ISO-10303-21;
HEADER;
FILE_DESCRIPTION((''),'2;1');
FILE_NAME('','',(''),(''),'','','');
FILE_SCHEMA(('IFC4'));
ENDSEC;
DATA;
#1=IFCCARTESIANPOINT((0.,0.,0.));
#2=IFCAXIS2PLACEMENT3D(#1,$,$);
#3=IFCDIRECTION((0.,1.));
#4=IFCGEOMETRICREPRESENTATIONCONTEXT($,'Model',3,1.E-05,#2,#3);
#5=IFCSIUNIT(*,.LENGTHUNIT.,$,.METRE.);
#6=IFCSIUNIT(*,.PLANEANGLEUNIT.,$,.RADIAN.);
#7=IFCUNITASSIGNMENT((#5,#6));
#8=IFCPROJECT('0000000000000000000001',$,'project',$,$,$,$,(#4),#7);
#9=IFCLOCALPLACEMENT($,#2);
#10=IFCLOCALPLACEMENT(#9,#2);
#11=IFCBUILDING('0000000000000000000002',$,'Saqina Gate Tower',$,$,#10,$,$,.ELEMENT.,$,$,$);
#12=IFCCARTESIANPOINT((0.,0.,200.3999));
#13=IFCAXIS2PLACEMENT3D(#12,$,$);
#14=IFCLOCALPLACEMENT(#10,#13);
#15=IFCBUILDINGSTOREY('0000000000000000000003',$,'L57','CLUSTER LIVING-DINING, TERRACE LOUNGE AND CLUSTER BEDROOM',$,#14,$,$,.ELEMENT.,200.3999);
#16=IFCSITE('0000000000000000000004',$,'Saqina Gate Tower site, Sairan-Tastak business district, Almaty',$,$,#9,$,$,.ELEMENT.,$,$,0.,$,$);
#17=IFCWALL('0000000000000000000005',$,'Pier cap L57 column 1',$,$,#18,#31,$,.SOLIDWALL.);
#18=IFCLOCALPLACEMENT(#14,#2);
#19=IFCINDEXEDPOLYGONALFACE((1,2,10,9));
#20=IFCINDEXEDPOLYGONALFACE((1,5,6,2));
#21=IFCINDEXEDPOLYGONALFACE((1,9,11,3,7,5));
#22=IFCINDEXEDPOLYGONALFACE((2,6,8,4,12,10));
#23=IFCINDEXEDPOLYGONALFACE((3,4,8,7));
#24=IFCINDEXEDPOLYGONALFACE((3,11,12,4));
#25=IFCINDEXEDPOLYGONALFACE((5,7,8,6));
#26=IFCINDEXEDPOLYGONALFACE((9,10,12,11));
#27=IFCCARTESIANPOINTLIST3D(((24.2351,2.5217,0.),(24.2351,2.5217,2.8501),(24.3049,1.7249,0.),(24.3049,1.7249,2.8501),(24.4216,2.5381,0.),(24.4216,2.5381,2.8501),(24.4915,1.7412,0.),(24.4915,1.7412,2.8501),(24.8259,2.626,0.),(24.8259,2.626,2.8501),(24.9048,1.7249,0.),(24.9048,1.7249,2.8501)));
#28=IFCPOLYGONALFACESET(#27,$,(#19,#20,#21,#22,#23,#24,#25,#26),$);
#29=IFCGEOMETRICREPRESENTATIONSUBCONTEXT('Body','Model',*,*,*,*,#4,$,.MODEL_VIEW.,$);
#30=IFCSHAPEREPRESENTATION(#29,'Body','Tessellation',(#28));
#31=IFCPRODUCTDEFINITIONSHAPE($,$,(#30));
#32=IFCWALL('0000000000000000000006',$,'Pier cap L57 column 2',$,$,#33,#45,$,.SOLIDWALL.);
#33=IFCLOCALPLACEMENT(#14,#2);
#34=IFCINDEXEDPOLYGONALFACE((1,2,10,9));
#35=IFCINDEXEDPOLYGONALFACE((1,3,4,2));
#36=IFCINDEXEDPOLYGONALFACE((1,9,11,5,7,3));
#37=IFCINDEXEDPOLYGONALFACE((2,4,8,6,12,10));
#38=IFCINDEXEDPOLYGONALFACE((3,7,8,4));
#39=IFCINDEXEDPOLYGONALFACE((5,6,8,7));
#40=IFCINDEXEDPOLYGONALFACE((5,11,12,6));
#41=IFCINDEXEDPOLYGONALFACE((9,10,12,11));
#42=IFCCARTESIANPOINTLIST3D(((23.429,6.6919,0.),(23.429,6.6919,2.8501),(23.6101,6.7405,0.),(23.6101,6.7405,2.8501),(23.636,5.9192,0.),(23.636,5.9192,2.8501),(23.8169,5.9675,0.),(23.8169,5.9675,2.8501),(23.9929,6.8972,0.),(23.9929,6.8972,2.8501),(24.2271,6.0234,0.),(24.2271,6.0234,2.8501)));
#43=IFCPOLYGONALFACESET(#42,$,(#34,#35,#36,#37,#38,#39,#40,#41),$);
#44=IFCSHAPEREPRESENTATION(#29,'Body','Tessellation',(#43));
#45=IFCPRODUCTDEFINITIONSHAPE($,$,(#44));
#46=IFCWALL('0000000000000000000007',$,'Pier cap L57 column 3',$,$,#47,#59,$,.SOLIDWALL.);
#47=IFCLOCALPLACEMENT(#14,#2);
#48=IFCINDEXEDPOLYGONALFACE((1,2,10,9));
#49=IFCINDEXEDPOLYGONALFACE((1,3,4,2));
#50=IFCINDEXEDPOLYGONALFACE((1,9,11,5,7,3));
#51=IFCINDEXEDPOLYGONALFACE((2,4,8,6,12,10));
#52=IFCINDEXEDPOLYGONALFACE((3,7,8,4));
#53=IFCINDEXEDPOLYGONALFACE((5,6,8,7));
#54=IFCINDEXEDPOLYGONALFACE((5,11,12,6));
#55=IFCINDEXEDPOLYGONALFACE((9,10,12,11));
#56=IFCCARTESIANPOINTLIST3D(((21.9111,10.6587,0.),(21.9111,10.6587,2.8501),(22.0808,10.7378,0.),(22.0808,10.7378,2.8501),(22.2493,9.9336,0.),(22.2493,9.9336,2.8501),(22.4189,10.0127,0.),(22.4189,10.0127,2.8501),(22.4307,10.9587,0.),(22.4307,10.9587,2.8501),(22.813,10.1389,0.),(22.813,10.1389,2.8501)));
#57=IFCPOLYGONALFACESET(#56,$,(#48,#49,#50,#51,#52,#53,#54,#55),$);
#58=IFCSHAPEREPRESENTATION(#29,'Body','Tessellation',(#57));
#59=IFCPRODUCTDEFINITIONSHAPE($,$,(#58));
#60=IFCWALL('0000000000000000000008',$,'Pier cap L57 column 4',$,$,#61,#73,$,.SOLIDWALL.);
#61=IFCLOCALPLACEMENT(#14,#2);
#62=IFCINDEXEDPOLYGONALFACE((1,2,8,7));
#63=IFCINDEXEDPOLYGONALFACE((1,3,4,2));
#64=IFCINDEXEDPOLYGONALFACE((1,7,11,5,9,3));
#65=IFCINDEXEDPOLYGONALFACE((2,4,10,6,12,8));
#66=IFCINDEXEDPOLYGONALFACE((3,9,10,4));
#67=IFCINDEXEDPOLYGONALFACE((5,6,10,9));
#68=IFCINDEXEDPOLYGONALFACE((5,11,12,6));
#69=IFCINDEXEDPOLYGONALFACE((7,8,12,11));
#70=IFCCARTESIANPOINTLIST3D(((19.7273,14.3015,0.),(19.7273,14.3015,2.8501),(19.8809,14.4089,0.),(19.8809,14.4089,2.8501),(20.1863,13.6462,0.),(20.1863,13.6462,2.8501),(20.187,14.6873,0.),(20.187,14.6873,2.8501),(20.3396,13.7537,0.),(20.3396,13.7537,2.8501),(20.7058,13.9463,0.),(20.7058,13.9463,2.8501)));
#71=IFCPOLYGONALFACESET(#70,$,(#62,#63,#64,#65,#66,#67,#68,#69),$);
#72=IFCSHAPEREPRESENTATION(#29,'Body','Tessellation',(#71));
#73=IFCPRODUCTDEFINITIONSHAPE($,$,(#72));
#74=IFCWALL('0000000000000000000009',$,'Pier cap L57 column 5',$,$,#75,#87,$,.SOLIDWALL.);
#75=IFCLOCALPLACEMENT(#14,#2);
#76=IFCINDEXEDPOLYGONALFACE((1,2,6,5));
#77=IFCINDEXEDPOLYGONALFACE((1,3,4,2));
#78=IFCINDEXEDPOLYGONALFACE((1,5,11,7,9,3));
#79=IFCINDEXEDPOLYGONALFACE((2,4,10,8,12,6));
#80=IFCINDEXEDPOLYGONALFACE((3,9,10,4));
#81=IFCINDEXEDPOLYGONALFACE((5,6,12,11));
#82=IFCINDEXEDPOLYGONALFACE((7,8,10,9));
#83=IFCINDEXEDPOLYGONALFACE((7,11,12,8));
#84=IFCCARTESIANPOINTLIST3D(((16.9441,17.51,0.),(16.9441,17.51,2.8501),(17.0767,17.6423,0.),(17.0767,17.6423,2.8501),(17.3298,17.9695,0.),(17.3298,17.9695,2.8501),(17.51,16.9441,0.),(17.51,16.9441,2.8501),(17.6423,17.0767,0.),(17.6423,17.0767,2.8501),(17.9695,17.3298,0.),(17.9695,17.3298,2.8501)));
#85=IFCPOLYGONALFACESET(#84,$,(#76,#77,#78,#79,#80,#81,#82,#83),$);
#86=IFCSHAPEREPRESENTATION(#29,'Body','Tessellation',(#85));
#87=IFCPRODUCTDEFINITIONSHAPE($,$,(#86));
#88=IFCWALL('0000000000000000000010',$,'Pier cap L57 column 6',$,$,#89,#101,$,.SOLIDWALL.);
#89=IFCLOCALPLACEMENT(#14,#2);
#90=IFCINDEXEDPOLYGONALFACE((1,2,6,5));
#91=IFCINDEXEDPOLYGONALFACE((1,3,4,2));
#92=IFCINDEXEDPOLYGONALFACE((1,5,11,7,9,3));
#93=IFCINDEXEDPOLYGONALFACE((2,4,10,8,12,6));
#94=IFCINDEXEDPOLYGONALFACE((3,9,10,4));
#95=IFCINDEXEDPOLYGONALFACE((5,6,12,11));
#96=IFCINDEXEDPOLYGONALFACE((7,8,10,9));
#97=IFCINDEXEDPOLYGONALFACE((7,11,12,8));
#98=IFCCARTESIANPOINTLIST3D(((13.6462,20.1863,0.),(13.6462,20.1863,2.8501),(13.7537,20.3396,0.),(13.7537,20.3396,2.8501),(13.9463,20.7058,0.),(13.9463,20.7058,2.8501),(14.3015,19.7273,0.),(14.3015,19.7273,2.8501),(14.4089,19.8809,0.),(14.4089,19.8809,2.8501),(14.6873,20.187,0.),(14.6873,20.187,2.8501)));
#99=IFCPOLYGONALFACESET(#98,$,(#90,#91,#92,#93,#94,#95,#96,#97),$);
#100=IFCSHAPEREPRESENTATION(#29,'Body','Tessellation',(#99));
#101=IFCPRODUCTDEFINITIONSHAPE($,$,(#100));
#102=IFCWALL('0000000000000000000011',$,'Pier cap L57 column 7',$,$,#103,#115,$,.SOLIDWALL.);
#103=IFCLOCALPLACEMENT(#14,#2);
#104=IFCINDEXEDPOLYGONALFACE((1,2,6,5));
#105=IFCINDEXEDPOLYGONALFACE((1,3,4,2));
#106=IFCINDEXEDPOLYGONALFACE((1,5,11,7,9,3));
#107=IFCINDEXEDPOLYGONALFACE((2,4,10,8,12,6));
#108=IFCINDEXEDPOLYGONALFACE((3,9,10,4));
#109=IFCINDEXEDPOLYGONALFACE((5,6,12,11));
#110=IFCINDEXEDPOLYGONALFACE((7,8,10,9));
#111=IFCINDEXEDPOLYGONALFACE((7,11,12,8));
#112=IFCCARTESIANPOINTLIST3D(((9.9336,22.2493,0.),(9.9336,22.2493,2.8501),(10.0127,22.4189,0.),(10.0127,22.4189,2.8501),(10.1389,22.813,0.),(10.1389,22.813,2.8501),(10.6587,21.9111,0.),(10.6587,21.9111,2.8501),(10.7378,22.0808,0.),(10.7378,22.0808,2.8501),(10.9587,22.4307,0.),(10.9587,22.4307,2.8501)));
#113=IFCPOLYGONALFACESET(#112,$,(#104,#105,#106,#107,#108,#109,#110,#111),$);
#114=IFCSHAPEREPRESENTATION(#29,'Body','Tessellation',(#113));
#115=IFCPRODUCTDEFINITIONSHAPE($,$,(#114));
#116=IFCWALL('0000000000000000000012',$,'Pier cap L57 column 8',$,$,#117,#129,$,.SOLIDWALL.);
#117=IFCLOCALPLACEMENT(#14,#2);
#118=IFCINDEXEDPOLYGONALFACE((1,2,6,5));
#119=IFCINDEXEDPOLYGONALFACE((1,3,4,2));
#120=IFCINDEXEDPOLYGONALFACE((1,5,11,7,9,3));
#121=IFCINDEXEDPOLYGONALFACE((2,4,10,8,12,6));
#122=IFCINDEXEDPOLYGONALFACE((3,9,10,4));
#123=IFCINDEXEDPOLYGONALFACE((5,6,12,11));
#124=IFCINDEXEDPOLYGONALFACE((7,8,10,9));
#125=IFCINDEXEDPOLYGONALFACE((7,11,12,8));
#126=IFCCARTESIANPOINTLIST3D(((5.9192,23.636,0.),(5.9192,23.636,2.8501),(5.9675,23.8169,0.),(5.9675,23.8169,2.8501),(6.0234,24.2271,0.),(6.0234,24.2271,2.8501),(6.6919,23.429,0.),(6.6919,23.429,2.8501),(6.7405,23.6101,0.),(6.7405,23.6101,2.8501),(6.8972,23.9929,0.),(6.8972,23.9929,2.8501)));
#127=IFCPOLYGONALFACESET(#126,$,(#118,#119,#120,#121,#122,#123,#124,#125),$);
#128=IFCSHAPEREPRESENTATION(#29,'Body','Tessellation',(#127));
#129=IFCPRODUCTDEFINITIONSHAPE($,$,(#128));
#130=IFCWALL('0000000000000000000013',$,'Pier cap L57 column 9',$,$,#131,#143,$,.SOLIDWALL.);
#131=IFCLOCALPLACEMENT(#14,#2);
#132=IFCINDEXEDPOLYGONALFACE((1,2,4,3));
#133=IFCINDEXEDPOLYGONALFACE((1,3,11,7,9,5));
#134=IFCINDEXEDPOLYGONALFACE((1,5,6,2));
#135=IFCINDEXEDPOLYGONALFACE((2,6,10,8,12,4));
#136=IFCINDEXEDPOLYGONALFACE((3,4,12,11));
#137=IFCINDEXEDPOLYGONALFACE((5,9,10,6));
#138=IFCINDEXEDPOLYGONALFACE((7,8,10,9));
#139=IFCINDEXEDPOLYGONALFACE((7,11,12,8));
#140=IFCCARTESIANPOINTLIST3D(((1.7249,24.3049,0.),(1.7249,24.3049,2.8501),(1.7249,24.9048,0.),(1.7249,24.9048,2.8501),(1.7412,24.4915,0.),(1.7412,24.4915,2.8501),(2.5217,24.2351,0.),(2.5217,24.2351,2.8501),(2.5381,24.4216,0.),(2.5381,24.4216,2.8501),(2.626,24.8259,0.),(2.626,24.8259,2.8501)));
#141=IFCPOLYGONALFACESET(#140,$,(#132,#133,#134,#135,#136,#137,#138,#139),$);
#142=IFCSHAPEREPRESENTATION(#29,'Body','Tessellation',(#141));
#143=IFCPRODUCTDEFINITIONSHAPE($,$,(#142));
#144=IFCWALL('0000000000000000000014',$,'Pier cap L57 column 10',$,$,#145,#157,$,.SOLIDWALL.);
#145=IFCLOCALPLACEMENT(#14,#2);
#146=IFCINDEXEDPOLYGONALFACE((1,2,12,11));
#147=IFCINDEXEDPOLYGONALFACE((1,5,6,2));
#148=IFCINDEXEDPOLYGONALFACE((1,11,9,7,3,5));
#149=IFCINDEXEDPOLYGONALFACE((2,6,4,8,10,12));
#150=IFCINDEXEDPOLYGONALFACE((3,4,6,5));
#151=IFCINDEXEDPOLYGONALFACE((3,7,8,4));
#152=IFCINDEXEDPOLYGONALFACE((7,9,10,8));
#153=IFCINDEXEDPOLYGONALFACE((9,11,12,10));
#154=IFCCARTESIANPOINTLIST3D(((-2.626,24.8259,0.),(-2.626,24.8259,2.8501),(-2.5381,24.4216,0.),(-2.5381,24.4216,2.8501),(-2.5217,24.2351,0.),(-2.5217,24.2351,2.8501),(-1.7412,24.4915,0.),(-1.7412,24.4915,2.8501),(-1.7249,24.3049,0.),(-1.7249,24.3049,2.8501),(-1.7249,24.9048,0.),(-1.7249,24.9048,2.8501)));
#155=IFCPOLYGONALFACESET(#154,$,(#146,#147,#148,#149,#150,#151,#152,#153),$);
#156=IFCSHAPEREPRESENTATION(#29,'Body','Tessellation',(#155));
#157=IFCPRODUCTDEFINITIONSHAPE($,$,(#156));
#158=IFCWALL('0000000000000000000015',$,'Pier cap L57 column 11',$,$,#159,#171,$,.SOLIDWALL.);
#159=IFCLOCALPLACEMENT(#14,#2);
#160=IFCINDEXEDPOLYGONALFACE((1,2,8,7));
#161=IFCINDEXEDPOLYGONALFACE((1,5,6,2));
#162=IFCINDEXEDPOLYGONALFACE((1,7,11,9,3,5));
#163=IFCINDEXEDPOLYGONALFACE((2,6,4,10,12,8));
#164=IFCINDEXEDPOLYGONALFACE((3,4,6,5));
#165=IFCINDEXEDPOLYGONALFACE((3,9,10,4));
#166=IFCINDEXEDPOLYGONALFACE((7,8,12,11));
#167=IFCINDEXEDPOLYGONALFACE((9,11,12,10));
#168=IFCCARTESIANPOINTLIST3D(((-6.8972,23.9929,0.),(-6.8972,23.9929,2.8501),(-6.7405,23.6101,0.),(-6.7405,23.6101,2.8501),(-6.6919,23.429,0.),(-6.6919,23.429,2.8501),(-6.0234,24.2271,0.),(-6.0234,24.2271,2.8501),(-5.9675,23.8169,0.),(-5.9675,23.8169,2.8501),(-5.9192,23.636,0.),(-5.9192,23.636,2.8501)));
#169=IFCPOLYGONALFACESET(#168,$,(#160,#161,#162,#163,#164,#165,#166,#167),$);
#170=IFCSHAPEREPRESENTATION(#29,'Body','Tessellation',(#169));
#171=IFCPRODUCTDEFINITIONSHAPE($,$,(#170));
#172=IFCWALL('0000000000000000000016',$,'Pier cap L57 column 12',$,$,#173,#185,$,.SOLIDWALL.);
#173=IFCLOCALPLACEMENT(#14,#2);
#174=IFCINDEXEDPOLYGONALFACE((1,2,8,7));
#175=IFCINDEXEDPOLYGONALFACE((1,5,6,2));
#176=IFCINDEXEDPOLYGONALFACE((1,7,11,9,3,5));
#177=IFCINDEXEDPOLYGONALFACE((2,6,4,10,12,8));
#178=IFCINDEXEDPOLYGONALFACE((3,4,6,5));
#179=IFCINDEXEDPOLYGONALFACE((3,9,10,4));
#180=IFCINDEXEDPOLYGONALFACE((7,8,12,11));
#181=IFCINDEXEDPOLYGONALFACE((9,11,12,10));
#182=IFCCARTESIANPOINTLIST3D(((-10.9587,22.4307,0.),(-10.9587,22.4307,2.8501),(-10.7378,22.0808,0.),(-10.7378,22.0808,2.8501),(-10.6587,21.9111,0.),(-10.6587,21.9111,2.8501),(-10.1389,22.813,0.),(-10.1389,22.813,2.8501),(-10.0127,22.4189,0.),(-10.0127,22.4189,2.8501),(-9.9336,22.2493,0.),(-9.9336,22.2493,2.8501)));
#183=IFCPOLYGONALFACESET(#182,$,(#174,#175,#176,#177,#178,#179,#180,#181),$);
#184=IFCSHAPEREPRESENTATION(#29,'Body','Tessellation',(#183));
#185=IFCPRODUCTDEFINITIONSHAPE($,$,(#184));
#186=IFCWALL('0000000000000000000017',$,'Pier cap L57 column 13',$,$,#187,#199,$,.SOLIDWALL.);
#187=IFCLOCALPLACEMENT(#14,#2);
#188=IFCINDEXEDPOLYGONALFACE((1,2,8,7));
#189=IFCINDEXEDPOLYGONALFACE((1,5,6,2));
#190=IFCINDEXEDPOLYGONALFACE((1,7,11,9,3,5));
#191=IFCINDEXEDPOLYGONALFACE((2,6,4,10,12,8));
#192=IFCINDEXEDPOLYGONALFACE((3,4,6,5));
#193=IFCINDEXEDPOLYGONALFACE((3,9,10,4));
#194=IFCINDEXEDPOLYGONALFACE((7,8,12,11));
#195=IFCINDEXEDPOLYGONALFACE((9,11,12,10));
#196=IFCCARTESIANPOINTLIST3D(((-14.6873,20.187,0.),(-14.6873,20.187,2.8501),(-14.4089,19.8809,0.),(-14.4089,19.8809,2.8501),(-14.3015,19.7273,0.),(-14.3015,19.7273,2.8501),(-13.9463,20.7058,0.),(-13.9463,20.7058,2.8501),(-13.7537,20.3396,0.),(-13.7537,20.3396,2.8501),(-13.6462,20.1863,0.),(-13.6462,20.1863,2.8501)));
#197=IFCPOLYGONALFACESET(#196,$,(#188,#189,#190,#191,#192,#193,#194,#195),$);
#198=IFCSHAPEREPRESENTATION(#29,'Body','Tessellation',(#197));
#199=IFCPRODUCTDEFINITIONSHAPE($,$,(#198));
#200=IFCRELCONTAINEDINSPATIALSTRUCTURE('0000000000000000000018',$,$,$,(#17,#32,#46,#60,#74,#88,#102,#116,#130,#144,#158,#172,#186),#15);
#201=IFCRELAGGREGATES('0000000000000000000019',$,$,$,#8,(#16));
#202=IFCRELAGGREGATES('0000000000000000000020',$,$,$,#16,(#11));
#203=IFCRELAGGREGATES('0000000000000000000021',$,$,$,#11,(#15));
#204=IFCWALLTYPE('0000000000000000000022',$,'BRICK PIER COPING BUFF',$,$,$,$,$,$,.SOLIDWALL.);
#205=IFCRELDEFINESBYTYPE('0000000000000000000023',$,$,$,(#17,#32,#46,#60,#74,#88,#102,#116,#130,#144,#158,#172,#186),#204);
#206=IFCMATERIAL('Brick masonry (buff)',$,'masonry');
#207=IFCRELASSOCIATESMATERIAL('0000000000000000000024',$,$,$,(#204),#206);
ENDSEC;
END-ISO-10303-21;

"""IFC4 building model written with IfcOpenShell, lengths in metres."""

from ifc_helpers import new_model, si_unit, direction, frame, origin, place, context, subcontext, project, spatial, polyline, outline, extrude, material, type_object, element, save


model = new_model("IFC4")

# Units and contexts
model_context = context("Model", 3, precision=1e-05, world=origin(), true_north=direction((0.0, 1.0)))
body_context = subcontext(model_context, "Body", "Model", "MODEL_VIEW")
ifc_project = project(units=[si_unit("LENGTHUNIT", "METRE"), si_unit("PLANEANGLEUNIT", "RADIAN")], contexts=[model_context])

# Site, building, storey
site_placement = place(None, origin())
site = spatial("IfcSite", under=ifc_project, at=site_placement, Name="Saqina Gate Tower site, Sairan-Tastak business district, Almaty", CompositionType="ELEMENT", RefElevation=0.0)
building_placement = place(site_placement, origin())
building = spatial("IfcBuilding", under=site, at=building_placement, Name="Saqina Gate Tower", CompositionType="ELEMENT")
storey_placement = place(building_placement, frame((0.0, 0.0, 200.3999)))
storey = spatial("IfcBuildingStorey", under=building, at=storey_placement, Name="L57", Description="CLUSTER LIVING-DINING, TERRACE LOUNGE AND CLUSTER BEDROOM", CompositionType="ELEMENT", Elevation=200.3999)

# Walls
ifc_material = material(Name="Brick masonry (buff)", Category="masonry")
wall_type = type_object("IfcWallType", Name="BRICK PIER COPING BUFF", PredefinedType="SOLIDWALL", material=ifc_material)
wall_1_placement = place(storey_placement, origin())
element("IfcWall", 1, at=wall_1_placement, inside=storey, type_object=wall_type, Name="Pier cap L57 column 1", PredefinedType="SOLIDWALL", context=body_context, shape_type="SweptSolid", body=[
    extrude(outline(polyline([(24.9048, 1.7249), (24.8259, 2.626), (24.2351, 2.5217), (24.4216, 2.5381), (24.4915, 1.7412), (24.3049, 1.7249), (24.9048, 1.7249)])), origin(), (0.0, 0.0, 1.0), 2.8501),
])
wall_2_placement = place(storey_placement, origin())
element("IfcWall", 2, at=wall_2_placement, inside=storey, type_object=wall_type, Name="Pier cap L57 column 2", PredefinedType="SOLIDWALL", context=body_context, shape_type="SweptSolid", body=[
    extrude(outline(polyline([(24.2271, 6.0234), (23.9929, 6.8972), (23.429, 6.6919), (23.6101, 6.7405), (23.8169, 5.9675), (23.636, 5.9192), (24.2271, 6.0234)])), origin(), (0.0, 0.0, 1.0), 2.8501),
])
wall_3_placement = place(storey_placement, origin())
element("IfcWall", 3, at=wall_3_placement, inside=storey, type_object=wall_type, Name="Pier cap L57 column 3", PredefinedType="SOLIDWALL", context=body_context, shape_type="SweptSolid", body=[
    extrude(outline(polyline([(22.4307, 10.9587), (21.9111, 10.6587), (22.0808, 10.7378), (22.4189, 10.0127), (22.2493, 9.9336), (22.813, 10.1389), (22.4307, 10.9587)])), origin(), (0.0, 0.0, 1.0), 2.8501),
])
wall_4_placement = place(storey_placement, origin())
element("IfcWall", 4, at=wall_4_placement, inside=storey, type_object=wall_type, Name="Pier cap L57 column 4", PredefinedType="SOLIDWALL", context=body_context, shape_type="SweptSolid", body=[
    extrude(outline(polyline([(20.7058, 13.9463), (20.187, 14.6873), (19.7273, 14.3015), (19.8809, 14.4089), (20.3396, 13.7537), (20.1863, 13.6462), (20.7058, 13.9463)])), origin(), (0.0, 0.0, 1.0), 2.8501),
])
wall_5_placement = place(storey_placement, origin())
element("IfcWall", 5, at=wall_5_placement, inside=storey, type_object=wall_type, Name="Pier cap L57 column 5", PredefinedType="SOLIDWALL", context=body_context, shape_type="SweptSolid", body=[
    extrude(outline(polyline([(17.3298, 17.9695), (16.9441, 17.51), (17.0767, 17.6423), (17.6423, 17.0767), (17.51, 16.9441), (17.9695, 17.3298), (17.3298, 17.9695)])), origin(), (0.0, 0.0, 1.0), 2.8501),
])
wall_6_placement = place(storey_placement, origin())
element("IfcWall", 6, at=wall_6_placement, inside=storey, type_object=wall_type, Name="Pier cap L57 column 6", PredefinedType="SOLIDWALL", context=body_context, shape_type="SweptSolid", body=[
    extrude(outline(polyline([(14.6873, 20.187), (13.9463, 20.7058), (13.6462, 20.1863), (13.7537, 20.3396), (14.4089, 19.8809), (14.3015, 19.7273), (14.6873, 20.187)])), origin(), (0.0, 0.0, 1.0), 2.8501),
])
wall_7_placement = place(storey_placement, origin())
element("IfcWall", 7, at=wall_7_placement, inside=storey, type_object=wall_type, Name="Pier cap L57 column 7", PredefinedType="SOLIDWALL", context=body_context, shape_type="SweptSolid", body=[
    extrude(outline(polyline([(10.1389, 22.813), (9.9336, 22.2493), (10.0127, 22.4189), (10.7378, 22.0808), (10.6587, 21.9111), (10.9587, 22.4307), (10.1389, 22.813)])), origin(), (0.0, 0.0, 1.0), 2.8501),
])
wall_8_placement = place(storey_placement, origin())
element("IfcWall", 8, at=wall_8_placement, inside=storey, type_object=wall_type, Name="Pier cap L57 column 8", PredefinedType="SOLIDWALL", context=body_context, shape_type="SweptSolid", body=[
    extrude(outline(polyline([(6.0234, 24.2271), (5.9192, 23.636), (5.9675, 23.8169), (6.7405, 23.6101), (6.6919, 23.429), (6.8972, 23.9929), (6.0234, 24.2271)])), origin(), (0.0, 0.0, 1.0), 2.8501),
])
wall_9_placement = place(storey_placement, origin())
element("IfcWall", 9, at=wall_9_placement, inside=storey, type_object=wall_type, Name="Pier cap L57 column 9", PredefinedType="SOLIDWALL", context=body_context, shape_type="SweptSolid", body=[
    extrude(outline(polyline([(2.626, 24.8259), (1.7249, 24.9048), (1.7249, 24.3049), (1.7412, 24.4915), (2.5381, 24.4216), (2.5217, 24.2351), (2.626, 24.8259)])), origin(), (0.0, 0.0, 1.0), 2.8501),
])
wall_10_placement = place(storey_placement, origin())
element("IfcWall", 10, at=wall_10_placement, inside=storey, type_object=wall_type, Name="Pier cap L57 column 10", PredefinedType="SOLIDWALL", context=body_context, shape_type="SweptSolid", body=[
    extrude(outline(polyline([(-1.7249, 24.9048), (-2.626, 24.8259), (-2.5217, 24.2351), (-2.5381, 24.4216), (-1.7412, 24.4915), (-1.7249, 24.3049), (-1.7249, 24.9048)])), origin(), (0.0, 0.0, 1.0), 2.8501),
])
wall_11_placement = place(storey_placement, origin())
element("IfcWall", 11, at=wall_11_placement, inside=storey, type_object=wall_type, Name="Pier cap L57 column 11", PredefinedType="SOLIDWALL", context=body_context, shape_type="SweptSolid", body=[
    extrude(outline(polyline([(-6.0234, 24.2271), (-6.8972, 23.9929), (-6.6919, 23.429), (-6.7405, 23.6101), (-5.9675, 23.8169), (-5.9192, 23.636), (-6.0234, 24.2271)])), origin(), (0.0, 0.0, 1.0), 2.8501),
])
wall_12_placement = place(storey_placement, origin())
element("IfcWall", 12, at=wall_12_placement, inside=storey, type_object=wall_type, Name="Pier cap L57 column 12", PredefinedType="SOLIDWALL", context=body_context, shape_type="SweptSolid", body=[
    extrude(outline(polyline([(-10.9587, 22.4307), (-10.6587, 21.9111), (-10.7378, 22.0808), (-10.0127, 22.4189), (-9.9336, 22.2493), (-10.1389, 22.813), (-10.9587, 22.4307)])), origin(), (0.0, 0.0, 1.0), 2.8501),
])
wall_13_placement = place(storey_placement, origin())
element("IfcWall", 13, at=wall_13_placement, inside=storey, type_object=wall_type, Name="Pier cap L57 column 13", PredefinedType="SOLIDWALL", context=body_context, shape_type="SweptSolid", body=[
    extrude(outline(polyline([(-13.9463, 20.7058), (-14.6873, 20.187), (-14.3015, 19.7273), (-14.4089, 19.8809), (-13.7537, 20.3396), (-13.6462, 20.1863), (-13.9463, 20.7058)])), origin(), (0.0, 0.0, 1.0), 2.8501),
])

save(model, "model.ifc")
